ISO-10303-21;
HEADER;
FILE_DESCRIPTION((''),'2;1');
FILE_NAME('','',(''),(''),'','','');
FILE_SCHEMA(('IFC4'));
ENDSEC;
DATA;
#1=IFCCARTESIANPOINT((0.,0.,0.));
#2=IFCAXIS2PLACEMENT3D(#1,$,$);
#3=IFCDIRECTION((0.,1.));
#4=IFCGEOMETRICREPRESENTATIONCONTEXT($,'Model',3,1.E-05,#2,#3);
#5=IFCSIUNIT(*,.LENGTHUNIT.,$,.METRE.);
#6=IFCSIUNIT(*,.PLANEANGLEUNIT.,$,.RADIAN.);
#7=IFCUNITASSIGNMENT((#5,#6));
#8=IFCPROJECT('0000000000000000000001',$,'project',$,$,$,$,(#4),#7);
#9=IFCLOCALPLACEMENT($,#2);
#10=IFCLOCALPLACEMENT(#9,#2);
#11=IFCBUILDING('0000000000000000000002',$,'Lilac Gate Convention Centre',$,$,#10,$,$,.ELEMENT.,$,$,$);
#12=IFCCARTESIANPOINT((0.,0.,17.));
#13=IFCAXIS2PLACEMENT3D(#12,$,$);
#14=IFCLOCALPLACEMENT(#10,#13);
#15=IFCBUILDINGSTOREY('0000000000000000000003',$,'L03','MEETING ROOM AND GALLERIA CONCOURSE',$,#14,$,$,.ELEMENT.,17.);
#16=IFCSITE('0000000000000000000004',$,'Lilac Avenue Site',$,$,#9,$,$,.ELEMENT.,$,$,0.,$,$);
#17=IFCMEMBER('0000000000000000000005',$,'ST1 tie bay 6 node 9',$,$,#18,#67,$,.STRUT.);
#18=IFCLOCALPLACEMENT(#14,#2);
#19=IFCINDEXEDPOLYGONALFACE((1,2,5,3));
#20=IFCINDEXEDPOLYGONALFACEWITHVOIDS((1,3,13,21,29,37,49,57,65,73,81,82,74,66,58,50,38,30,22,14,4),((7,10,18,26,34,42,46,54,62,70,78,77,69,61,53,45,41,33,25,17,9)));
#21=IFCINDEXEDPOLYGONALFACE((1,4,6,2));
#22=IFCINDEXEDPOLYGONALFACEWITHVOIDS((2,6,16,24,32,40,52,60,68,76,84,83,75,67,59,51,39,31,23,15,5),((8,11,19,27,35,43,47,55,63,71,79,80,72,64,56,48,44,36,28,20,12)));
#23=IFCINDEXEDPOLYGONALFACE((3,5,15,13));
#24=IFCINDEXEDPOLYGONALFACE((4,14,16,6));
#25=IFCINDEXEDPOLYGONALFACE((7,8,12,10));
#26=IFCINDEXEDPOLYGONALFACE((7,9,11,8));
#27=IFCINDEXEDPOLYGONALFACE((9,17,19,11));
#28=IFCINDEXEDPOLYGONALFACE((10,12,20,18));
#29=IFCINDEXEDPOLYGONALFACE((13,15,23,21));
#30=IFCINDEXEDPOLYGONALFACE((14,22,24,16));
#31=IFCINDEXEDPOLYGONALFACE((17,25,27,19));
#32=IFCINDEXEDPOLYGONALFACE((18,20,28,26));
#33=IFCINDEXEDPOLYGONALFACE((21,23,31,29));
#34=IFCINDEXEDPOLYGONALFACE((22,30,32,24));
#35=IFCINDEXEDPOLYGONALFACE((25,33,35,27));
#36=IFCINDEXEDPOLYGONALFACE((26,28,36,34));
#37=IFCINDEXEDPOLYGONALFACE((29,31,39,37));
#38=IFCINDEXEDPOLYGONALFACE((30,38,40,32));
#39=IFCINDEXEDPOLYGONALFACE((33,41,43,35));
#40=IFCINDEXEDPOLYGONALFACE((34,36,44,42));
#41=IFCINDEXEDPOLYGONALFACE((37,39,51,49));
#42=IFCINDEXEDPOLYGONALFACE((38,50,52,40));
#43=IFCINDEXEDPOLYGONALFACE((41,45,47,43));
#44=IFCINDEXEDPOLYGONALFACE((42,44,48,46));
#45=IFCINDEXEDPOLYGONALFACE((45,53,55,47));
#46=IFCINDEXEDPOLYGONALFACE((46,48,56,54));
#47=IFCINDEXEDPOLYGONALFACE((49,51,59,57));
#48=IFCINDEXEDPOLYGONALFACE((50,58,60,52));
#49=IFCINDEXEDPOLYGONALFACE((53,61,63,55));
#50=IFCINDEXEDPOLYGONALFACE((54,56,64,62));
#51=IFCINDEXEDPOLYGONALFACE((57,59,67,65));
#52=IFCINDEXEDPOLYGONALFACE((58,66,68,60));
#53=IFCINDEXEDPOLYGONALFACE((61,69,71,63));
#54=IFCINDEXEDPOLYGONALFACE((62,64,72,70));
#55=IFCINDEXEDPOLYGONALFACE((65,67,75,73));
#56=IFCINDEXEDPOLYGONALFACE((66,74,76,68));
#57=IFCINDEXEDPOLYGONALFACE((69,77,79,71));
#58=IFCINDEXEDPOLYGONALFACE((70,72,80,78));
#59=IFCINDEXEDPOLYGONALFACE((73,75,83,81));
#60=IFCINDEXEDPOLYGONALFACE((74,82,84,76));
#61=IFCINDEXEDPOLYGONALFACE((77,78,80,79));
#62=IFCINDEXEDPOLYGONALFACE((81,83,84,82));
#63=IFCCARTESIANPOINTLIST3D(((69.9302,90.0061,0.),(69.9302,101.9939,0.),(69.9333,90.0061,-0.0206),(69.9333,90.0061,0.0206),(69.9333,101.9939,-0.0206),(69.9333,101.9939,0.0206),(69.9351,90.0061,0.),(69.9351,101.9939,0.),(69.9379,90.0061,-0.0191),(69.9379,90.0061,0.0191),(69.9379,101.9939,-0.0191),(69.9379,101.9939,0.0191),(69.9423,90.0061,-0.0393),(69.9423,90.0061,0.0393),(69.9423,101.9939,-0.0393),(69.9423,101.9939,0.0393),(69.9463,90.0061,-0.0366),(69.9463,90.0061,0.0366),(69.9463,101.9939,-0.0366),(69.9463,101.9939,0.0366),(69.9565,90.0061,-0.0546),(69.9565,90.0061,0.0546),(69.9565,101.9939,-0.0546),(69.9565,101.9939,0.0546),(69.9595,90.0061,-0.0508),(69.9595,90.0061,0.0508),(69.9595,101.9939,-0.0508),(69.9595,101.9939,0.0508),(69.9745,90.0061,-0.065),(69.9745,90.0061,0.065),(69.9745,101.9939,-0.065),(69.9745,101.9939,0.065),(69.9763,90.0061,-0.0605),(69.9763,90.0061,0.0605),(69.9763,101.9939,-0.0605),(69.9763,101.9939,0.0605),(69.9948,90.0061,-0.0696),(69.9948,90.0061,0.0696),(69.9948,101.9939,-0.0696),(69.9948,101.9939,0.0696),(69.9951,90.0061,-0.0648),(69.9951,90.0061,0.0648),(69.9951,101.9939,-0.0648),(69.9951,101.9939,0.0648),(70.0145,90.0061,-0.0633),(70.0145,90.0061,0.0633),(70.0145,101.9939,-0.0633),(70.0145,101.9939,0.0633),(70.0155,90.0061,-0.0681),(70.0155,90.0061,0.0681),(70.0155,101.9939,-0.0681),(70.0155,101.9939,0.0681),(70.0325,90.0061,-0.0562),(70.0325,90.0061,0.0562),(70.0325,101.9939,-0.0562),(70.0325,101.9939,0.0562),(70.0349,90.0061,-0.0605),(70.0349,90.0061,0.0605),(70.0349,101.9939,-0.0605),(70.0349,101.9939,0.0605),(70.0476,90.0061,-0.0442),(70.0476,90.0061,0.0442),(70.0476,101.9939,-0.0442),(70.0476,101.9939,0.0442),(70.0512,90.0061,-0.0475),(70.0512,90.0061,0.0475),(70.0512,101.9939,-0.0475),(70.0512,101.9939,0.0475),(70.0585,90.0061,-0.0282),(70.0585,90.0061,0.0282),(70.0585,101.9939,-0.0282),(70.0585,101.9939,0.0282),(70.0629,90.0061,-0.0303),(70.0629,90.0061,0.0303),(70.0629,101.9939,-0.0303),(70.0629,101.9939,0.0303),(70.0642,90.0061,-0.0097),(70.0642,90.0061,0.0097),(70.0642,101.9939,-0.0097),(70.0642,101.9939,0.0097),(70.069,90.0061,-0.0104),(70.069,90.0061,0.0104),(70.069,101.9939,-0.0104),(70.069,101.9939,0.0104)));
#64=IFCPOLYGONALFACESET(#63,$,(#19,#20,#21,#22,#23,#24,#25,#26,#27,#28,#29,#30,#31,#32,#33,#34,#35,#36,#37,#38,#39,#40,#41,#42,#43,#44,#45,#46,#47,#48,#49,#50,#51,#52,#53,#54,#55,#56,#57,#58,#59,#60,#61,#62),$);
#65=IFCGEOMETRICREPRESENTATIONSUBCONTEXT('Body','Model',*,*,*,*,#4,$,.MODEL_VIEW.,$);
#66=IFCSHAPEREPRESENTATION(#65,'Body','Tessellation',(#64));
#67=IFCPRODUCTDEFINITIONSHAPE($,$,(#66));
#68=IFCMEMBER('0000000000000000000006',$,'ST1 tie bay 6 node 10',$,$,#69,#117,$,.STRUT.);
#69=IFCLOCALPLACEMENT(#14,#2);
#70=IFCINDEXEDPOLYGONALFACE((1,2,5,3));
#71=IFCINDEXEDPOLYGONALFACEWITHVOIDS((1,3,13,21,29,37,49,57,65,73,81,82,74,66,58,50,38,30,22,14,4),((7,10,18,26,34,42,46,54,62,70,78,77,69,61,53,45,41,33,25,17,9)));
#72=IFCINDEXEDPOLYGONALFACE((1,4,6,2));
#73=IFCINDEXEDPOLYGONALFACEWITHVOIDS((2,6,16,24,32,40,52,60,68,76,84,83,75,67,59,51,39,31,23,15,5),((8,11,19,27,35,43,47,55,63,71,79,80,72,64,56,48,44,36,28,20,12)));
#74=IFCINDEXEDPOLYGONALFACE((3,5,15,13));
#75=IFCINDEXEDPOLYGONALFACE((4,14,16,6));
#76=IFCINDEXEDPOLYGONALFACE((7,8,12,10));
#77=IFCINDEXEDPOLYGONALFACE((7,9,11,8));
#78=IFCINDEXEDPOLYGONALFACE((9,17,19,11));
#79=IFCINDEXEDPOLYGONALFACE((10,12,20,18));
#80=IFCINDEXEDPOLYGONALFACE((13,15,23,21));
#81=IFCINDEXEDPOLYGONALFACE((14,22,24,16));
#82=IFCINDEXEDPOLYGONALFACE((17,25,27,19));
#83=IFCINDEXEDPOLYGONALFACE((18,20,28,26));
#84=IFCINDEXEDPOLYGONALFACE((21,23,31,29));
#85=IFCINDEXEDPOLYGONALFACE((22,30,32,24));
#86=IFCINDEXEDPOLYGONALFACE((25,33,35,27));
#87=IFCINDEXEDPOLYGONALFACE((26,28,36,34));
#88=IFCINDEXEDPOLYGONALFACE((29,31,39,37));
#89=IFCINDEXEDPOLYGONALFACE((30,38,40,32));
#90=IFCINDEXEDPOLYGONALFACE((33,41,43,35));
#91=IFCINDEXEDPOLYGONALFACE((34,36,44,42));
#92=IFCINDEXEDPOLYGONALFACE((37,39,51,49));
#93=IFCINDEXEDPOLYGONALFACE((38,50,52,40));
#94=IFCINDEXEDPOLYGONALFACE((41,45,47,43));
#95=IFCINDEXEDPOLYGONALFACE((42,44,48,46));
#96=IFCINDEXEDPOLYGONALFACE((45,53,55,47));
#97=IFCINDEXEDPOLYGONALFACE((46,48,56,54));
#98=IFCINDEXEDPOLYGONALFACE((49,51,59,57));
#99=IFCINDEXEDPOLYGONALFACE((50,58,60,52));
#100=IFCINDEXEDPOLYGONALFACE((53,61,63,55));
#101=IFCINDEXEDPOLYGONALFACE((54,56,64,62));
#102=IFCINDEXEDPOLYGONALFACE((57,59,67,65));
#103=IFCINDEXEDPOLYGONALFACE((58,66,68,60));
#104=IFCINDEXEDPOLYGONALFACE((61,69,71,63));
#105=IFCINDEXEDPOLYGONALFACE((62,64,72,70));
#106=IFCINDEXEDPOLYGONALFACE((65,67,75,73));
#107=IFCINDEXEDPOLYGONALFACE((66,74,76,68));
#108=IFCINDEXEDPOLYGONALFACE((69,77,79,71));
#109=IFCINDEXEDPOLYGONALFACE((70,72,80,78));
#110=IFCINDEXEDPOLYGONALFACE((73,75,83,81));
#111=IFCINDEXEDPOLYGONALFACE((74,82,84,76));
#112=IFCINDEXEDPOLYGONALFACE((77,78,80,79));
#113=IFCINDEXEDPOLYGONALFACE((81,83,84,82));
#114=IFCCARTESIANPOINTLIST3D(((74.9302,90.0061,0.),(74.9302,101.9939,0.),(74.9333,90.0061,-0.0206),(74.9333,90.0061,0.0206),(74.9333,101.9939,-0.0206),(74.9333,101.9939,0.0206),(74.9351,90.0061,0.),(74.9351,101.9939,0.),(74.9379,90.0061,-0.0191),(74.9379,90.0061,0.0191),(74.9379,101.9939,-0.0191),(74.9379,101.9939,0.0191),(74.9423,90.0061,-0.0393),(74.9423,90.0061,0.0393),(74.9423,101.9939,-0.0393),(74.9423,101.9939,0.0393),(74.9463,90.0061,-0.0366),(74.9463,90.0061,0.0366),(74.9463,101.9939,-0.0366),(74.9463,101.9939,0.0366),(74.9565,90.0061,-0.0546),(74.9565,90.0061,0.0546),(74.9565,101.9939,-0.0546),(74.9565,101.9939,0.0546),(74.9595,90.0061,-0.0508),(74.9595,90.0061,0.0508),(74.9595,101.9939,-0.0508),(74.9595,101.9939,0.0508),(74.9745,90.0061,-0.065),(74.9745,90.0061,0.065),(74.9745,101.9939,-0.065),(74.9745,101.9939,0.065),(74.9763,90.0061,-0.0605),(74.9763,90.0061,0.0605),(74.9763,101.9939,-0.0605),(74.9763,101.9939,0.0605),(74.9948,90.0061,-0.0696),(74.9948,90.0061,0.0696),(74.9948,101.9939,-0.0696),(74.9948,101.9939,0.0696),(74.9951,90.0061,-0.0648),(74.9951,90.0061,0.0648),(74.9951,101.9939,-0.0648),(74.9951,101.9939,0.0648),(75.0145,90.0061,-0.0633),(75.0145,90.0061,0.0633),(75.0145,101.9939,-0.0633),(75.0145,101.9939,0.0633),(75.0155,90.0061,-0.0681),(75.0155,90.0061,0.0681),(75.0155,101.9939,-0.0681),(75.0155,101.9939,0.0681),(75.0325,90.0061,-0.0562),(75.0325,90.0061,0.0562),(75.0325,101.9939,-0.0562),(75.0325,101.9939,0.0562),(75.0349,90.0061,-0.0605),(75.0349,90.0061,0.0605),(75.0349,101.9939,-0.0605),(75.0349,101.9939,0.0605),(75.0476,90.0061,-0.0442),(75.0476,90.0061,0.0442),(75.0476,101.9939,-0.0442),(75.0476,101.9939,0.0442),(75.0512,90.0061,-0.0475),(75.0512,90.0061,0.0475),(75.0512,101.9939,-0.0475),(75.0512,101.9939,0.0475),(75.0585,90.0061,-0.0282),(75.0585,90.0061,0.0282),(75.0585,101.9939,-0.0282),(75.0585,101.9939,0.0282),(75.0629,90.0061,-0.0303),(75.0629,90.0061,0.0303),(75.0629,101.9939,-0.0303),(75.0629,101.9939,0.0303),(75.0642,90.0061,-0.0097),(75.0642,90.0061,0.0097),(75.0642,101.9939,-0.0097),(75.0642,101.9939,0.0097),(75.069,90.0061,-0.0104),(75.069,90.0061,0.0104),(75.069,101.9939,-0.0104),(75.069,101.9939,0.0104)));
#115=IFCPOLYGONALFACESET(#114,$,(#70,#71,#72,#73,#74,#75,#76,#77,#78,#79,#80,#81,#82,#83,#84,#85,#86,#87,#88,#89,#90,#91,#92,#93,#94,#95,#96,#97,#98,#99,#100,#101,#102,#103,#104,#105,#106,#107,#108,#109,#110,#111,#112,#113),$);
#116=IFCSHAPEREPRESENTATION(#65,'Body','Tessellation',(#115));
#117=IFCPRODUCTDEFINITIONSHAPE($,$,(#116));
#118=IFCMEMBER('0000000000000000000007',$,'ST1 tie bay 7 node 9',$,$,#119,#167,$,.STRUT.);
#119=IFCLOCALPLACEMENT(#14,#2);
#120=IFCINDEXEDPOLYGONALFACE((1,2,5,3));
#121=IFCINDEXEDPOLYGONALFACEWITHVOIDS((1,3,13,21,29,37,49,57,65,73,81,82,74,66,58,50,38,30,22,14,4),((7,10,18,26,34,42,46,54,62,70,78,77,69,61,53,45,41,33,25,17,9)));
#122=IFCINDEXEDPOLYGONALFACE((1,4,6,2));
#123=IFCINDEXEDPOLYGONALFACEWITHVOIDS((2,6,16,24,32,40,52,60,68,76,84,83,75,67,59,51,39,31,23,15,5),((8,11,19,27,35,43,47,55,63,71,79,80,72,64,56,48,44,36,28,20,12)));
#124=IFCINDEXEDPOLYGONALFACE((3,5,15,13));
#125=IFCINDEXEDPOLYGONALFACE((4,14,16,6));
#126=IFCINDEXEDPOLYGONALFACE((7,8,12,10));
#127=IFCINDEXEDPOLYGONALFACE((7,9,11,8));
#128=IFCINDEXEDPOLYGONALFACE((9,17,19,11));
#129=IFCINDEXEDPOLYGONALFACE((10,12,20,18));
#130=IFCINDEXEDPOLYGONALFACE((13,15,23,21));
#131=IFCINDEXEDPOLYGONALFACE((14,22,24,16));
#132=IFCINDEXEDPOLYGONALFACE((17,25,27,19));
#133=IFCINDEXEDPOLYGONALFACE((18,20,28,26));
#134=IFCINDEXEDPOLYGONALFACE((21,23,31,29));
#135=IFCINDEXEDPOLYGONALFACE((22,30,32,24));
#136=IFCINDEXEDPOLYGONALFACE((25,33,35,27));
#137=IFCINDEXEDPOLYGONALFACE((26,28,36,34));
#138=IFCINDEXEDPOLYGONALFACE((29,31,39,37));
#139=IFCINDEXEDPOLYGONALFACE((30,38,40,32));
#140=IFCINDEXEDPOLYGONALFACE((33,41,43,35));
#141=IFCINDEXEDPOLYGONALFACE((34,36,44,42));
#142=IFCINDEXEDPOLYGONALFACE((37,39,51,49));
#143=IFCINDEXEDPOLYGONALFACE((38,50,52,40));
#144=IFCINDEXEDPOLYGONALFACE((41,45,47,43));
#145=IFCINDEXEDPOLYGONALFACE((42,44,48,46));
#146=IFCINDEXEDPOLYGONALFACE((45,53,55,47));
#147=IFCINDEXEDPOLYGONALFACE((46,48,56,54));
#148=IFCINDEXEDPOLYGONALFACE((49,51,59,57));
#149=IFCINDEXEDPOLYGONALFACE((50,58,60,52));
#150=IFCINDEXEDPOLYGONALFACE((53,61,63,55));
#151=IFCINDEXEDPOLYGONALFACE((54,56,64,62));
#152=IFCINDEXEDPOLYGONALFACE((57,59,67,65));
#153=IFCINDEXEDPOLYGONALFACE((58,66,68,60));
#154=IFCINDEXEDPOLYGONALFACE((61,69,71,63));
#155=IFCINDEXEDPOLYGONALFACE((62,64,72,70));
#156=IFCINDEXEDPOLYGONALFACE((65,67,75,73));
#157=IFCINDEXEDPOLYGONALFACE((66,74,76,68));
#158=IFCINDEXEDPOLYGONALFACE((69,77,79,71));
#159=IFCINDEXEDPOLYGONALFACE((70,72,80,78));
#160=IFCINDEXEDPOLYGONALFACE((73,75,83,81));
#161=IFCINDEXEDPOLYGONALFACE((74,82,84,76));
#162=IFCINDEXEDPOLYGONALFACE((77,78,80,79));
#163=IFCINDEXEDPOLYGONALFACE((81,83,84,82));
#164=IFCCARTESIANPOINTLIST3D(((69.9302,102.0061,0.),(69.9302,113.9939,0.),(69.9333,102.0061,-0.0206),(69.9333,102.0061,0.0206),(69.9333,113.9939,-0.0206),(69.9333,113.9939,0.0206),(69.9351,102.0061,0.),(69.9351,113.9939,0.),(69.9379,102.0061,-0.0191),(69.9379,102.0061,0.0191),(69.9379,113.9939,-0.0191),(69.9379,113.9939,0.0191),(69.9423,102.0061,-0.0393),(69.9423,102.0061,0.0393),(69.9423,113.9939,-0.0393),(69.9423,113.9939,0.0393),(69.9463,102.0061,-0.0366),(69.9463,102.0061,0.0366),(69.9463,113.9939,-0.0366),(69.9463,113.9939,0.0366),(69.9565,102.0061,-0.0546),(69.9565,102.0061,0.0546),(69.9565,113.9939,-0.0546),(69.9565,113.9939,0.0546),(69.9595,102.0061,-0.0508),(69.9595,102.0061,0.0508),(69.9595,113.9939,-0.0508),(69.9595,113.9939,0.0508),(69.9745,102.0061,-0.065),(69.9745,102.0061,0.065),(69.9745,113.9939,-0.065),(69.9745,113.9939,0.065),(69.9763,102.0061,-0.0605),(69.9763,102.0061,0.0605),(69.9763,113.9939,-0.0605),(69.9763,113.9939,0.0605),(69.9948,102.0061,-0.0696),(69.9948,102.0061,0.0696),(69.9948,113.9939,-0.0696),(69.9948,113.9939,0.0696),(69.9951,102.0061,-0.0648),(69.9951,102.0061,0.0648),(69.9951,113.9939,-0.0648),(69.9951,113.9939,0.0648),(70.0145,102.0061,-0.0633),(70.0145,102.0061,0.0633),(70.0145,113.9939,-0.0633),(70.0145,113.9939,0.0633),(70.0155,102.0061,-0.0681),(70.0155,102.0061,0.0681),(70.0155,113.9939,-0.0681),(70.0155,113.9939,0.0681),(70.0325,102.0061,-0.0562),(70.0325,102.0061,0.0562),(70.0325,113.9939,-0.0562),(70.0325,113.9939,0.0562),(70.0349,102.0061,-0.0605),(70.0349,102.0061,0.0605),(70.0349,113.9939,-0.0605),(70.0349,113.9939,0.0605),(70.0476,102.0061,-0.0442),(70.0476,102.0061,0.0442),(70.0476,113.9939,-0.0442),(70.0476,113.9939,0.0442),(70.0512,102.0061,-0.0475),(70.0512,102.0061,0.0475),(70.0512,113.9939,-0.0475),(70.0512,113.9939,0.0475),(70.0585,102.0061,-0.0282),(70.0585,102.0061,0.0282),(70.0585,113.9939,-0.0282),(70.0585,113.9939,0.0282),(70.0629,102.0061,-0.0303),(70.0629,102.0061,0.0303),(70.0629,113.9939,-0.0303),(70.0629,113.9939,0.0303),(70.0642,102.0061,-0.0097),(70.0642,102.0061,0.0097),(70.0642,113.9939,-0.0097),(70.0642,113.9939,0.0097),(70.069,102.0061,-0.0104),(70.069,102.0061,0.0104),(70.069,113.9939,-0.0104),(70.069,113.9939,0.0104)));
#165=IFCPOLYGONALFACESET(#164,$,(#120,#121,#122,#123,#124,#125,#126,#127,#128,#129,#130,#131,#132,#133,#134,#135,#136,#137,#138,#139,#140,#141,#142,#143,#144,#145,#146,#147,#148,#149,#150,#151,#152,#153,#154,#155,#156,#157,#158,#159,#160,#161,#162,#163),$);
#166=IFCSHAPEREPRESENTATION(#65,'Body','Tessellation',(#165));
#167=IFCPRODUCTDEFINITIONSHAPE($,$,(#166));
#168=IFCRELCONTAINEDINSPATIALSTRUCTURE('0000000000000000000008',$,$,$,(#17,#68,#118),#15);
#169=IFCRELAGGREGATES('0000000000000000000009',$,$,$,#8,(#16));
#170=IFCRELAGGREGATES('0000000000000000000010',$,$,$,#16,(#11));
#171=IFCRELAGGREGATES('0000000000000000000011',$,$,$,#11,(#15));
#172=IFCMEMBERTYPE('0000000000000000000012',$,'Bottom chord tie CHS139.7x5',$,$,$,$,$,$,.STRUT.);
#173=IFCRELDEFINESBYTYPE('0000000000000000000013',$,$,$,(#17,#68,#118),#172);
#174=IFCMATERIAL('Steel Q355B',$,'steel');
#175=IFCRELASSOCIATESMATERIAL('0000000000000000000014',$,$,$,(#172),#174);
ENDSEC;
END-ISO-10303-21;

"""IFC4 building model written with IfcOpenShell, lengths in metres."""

from ifc_helpers import new_model, si_unit, direction, frame, origin, origin_2d, place, context, subcontext, project, spatial, hollow_circle, extrude, material, material_profile, profile_set, type_object, element, save


model = new_model("IFC4")

# Units and contexts
model_context = context("Model", 3, precision=1e-05, world=origin(), true_north=direction((0.0, 1.0)))
body_context = subcontext(model_context, "Body", "Model", "MODEL_VIEW")
ifc_project = project(units=[si_unit("LENGTHUNIT", "METRE"), si_unit("PLANEANGLEUNIT", "RADIAN")], contexts=[model_context])

# Site, building, storey
site_placement = place(None, origin())
site = spatial("IfcSite", under=ifc_project, at=site_placement, Name="Lilac Avenue Site", CompositionType="ELEMENT", RefElevation=0.0)
building_placement = place(site_placement, origin())
building = spatial("IfcBuilding", under=site, at=building_placement, Name="Lilac Gate Convention Centre", CompositionType="ELEMENT")
storey_placement = place(building_placement, frame((0.0, 0.0, 17.0)))
storey = spatial("IfcBuildingStorey", under=building, at=storey_placement, Name="L03", Description="MEETING ROOM AND GALLERIA CONCOURSE", CompositionType="ELEMENT", Elevation=17.0)

# Members
ifc_material = material(Name="Steel Q355B", Category="steel")
ifc_material_profile_1 = material_profile(ifc_material, hollow_circle(Radius=0.0698, WallThickness=0.0049, at=origin_2d()), Name="CHS139.7x5")
ifc_profile_set_1 = profile_set([ifc_material_profile_1], Name="Steel Q355B")
member_type_1 = type_object("IfcMemberType", Name="Bottom chord tie CHS139.7x5", PredefinedType="STRUT", material=ifc_profile_set_1)
for number, where, z_axis, x_axis, name in (
    (1, (70.0, 90.0061, 0.0), (0.0, 1.0, 0.0), (-1.0, 0.0, 0.0), "ST1 tie bay 6 node 9"),
    (2, (75.0, 90.0061, 0.0), (0.0, 1.0, 0.0), (-1.0, 0.0, 0.0), "ST1 tie bay 6 node 10"),
    (3, (70.0, 102.0061, 0.0), (0.0, 1.0, 0.0), (-1.0, 0.0, 0.0), "ST1 tie bay 7 node 9"),
):
    element("IfcMember", number, at=place(storey_placement, frame(where, z_axis=z_axis, x_axis=x_axis)), inside=storey, type_object=member_type_1, Name=name, PredefinedType="STRUT", context=body_context, shape_type="SweptSolid", body=[
        extrude(hollow_circle(Radius=0.0698, WallThickness=0.0049, at=origin_2d()), origin(), (0.0, 0.0, 1.0), 11.9878),
    ])

save(model, "model.ifc")
